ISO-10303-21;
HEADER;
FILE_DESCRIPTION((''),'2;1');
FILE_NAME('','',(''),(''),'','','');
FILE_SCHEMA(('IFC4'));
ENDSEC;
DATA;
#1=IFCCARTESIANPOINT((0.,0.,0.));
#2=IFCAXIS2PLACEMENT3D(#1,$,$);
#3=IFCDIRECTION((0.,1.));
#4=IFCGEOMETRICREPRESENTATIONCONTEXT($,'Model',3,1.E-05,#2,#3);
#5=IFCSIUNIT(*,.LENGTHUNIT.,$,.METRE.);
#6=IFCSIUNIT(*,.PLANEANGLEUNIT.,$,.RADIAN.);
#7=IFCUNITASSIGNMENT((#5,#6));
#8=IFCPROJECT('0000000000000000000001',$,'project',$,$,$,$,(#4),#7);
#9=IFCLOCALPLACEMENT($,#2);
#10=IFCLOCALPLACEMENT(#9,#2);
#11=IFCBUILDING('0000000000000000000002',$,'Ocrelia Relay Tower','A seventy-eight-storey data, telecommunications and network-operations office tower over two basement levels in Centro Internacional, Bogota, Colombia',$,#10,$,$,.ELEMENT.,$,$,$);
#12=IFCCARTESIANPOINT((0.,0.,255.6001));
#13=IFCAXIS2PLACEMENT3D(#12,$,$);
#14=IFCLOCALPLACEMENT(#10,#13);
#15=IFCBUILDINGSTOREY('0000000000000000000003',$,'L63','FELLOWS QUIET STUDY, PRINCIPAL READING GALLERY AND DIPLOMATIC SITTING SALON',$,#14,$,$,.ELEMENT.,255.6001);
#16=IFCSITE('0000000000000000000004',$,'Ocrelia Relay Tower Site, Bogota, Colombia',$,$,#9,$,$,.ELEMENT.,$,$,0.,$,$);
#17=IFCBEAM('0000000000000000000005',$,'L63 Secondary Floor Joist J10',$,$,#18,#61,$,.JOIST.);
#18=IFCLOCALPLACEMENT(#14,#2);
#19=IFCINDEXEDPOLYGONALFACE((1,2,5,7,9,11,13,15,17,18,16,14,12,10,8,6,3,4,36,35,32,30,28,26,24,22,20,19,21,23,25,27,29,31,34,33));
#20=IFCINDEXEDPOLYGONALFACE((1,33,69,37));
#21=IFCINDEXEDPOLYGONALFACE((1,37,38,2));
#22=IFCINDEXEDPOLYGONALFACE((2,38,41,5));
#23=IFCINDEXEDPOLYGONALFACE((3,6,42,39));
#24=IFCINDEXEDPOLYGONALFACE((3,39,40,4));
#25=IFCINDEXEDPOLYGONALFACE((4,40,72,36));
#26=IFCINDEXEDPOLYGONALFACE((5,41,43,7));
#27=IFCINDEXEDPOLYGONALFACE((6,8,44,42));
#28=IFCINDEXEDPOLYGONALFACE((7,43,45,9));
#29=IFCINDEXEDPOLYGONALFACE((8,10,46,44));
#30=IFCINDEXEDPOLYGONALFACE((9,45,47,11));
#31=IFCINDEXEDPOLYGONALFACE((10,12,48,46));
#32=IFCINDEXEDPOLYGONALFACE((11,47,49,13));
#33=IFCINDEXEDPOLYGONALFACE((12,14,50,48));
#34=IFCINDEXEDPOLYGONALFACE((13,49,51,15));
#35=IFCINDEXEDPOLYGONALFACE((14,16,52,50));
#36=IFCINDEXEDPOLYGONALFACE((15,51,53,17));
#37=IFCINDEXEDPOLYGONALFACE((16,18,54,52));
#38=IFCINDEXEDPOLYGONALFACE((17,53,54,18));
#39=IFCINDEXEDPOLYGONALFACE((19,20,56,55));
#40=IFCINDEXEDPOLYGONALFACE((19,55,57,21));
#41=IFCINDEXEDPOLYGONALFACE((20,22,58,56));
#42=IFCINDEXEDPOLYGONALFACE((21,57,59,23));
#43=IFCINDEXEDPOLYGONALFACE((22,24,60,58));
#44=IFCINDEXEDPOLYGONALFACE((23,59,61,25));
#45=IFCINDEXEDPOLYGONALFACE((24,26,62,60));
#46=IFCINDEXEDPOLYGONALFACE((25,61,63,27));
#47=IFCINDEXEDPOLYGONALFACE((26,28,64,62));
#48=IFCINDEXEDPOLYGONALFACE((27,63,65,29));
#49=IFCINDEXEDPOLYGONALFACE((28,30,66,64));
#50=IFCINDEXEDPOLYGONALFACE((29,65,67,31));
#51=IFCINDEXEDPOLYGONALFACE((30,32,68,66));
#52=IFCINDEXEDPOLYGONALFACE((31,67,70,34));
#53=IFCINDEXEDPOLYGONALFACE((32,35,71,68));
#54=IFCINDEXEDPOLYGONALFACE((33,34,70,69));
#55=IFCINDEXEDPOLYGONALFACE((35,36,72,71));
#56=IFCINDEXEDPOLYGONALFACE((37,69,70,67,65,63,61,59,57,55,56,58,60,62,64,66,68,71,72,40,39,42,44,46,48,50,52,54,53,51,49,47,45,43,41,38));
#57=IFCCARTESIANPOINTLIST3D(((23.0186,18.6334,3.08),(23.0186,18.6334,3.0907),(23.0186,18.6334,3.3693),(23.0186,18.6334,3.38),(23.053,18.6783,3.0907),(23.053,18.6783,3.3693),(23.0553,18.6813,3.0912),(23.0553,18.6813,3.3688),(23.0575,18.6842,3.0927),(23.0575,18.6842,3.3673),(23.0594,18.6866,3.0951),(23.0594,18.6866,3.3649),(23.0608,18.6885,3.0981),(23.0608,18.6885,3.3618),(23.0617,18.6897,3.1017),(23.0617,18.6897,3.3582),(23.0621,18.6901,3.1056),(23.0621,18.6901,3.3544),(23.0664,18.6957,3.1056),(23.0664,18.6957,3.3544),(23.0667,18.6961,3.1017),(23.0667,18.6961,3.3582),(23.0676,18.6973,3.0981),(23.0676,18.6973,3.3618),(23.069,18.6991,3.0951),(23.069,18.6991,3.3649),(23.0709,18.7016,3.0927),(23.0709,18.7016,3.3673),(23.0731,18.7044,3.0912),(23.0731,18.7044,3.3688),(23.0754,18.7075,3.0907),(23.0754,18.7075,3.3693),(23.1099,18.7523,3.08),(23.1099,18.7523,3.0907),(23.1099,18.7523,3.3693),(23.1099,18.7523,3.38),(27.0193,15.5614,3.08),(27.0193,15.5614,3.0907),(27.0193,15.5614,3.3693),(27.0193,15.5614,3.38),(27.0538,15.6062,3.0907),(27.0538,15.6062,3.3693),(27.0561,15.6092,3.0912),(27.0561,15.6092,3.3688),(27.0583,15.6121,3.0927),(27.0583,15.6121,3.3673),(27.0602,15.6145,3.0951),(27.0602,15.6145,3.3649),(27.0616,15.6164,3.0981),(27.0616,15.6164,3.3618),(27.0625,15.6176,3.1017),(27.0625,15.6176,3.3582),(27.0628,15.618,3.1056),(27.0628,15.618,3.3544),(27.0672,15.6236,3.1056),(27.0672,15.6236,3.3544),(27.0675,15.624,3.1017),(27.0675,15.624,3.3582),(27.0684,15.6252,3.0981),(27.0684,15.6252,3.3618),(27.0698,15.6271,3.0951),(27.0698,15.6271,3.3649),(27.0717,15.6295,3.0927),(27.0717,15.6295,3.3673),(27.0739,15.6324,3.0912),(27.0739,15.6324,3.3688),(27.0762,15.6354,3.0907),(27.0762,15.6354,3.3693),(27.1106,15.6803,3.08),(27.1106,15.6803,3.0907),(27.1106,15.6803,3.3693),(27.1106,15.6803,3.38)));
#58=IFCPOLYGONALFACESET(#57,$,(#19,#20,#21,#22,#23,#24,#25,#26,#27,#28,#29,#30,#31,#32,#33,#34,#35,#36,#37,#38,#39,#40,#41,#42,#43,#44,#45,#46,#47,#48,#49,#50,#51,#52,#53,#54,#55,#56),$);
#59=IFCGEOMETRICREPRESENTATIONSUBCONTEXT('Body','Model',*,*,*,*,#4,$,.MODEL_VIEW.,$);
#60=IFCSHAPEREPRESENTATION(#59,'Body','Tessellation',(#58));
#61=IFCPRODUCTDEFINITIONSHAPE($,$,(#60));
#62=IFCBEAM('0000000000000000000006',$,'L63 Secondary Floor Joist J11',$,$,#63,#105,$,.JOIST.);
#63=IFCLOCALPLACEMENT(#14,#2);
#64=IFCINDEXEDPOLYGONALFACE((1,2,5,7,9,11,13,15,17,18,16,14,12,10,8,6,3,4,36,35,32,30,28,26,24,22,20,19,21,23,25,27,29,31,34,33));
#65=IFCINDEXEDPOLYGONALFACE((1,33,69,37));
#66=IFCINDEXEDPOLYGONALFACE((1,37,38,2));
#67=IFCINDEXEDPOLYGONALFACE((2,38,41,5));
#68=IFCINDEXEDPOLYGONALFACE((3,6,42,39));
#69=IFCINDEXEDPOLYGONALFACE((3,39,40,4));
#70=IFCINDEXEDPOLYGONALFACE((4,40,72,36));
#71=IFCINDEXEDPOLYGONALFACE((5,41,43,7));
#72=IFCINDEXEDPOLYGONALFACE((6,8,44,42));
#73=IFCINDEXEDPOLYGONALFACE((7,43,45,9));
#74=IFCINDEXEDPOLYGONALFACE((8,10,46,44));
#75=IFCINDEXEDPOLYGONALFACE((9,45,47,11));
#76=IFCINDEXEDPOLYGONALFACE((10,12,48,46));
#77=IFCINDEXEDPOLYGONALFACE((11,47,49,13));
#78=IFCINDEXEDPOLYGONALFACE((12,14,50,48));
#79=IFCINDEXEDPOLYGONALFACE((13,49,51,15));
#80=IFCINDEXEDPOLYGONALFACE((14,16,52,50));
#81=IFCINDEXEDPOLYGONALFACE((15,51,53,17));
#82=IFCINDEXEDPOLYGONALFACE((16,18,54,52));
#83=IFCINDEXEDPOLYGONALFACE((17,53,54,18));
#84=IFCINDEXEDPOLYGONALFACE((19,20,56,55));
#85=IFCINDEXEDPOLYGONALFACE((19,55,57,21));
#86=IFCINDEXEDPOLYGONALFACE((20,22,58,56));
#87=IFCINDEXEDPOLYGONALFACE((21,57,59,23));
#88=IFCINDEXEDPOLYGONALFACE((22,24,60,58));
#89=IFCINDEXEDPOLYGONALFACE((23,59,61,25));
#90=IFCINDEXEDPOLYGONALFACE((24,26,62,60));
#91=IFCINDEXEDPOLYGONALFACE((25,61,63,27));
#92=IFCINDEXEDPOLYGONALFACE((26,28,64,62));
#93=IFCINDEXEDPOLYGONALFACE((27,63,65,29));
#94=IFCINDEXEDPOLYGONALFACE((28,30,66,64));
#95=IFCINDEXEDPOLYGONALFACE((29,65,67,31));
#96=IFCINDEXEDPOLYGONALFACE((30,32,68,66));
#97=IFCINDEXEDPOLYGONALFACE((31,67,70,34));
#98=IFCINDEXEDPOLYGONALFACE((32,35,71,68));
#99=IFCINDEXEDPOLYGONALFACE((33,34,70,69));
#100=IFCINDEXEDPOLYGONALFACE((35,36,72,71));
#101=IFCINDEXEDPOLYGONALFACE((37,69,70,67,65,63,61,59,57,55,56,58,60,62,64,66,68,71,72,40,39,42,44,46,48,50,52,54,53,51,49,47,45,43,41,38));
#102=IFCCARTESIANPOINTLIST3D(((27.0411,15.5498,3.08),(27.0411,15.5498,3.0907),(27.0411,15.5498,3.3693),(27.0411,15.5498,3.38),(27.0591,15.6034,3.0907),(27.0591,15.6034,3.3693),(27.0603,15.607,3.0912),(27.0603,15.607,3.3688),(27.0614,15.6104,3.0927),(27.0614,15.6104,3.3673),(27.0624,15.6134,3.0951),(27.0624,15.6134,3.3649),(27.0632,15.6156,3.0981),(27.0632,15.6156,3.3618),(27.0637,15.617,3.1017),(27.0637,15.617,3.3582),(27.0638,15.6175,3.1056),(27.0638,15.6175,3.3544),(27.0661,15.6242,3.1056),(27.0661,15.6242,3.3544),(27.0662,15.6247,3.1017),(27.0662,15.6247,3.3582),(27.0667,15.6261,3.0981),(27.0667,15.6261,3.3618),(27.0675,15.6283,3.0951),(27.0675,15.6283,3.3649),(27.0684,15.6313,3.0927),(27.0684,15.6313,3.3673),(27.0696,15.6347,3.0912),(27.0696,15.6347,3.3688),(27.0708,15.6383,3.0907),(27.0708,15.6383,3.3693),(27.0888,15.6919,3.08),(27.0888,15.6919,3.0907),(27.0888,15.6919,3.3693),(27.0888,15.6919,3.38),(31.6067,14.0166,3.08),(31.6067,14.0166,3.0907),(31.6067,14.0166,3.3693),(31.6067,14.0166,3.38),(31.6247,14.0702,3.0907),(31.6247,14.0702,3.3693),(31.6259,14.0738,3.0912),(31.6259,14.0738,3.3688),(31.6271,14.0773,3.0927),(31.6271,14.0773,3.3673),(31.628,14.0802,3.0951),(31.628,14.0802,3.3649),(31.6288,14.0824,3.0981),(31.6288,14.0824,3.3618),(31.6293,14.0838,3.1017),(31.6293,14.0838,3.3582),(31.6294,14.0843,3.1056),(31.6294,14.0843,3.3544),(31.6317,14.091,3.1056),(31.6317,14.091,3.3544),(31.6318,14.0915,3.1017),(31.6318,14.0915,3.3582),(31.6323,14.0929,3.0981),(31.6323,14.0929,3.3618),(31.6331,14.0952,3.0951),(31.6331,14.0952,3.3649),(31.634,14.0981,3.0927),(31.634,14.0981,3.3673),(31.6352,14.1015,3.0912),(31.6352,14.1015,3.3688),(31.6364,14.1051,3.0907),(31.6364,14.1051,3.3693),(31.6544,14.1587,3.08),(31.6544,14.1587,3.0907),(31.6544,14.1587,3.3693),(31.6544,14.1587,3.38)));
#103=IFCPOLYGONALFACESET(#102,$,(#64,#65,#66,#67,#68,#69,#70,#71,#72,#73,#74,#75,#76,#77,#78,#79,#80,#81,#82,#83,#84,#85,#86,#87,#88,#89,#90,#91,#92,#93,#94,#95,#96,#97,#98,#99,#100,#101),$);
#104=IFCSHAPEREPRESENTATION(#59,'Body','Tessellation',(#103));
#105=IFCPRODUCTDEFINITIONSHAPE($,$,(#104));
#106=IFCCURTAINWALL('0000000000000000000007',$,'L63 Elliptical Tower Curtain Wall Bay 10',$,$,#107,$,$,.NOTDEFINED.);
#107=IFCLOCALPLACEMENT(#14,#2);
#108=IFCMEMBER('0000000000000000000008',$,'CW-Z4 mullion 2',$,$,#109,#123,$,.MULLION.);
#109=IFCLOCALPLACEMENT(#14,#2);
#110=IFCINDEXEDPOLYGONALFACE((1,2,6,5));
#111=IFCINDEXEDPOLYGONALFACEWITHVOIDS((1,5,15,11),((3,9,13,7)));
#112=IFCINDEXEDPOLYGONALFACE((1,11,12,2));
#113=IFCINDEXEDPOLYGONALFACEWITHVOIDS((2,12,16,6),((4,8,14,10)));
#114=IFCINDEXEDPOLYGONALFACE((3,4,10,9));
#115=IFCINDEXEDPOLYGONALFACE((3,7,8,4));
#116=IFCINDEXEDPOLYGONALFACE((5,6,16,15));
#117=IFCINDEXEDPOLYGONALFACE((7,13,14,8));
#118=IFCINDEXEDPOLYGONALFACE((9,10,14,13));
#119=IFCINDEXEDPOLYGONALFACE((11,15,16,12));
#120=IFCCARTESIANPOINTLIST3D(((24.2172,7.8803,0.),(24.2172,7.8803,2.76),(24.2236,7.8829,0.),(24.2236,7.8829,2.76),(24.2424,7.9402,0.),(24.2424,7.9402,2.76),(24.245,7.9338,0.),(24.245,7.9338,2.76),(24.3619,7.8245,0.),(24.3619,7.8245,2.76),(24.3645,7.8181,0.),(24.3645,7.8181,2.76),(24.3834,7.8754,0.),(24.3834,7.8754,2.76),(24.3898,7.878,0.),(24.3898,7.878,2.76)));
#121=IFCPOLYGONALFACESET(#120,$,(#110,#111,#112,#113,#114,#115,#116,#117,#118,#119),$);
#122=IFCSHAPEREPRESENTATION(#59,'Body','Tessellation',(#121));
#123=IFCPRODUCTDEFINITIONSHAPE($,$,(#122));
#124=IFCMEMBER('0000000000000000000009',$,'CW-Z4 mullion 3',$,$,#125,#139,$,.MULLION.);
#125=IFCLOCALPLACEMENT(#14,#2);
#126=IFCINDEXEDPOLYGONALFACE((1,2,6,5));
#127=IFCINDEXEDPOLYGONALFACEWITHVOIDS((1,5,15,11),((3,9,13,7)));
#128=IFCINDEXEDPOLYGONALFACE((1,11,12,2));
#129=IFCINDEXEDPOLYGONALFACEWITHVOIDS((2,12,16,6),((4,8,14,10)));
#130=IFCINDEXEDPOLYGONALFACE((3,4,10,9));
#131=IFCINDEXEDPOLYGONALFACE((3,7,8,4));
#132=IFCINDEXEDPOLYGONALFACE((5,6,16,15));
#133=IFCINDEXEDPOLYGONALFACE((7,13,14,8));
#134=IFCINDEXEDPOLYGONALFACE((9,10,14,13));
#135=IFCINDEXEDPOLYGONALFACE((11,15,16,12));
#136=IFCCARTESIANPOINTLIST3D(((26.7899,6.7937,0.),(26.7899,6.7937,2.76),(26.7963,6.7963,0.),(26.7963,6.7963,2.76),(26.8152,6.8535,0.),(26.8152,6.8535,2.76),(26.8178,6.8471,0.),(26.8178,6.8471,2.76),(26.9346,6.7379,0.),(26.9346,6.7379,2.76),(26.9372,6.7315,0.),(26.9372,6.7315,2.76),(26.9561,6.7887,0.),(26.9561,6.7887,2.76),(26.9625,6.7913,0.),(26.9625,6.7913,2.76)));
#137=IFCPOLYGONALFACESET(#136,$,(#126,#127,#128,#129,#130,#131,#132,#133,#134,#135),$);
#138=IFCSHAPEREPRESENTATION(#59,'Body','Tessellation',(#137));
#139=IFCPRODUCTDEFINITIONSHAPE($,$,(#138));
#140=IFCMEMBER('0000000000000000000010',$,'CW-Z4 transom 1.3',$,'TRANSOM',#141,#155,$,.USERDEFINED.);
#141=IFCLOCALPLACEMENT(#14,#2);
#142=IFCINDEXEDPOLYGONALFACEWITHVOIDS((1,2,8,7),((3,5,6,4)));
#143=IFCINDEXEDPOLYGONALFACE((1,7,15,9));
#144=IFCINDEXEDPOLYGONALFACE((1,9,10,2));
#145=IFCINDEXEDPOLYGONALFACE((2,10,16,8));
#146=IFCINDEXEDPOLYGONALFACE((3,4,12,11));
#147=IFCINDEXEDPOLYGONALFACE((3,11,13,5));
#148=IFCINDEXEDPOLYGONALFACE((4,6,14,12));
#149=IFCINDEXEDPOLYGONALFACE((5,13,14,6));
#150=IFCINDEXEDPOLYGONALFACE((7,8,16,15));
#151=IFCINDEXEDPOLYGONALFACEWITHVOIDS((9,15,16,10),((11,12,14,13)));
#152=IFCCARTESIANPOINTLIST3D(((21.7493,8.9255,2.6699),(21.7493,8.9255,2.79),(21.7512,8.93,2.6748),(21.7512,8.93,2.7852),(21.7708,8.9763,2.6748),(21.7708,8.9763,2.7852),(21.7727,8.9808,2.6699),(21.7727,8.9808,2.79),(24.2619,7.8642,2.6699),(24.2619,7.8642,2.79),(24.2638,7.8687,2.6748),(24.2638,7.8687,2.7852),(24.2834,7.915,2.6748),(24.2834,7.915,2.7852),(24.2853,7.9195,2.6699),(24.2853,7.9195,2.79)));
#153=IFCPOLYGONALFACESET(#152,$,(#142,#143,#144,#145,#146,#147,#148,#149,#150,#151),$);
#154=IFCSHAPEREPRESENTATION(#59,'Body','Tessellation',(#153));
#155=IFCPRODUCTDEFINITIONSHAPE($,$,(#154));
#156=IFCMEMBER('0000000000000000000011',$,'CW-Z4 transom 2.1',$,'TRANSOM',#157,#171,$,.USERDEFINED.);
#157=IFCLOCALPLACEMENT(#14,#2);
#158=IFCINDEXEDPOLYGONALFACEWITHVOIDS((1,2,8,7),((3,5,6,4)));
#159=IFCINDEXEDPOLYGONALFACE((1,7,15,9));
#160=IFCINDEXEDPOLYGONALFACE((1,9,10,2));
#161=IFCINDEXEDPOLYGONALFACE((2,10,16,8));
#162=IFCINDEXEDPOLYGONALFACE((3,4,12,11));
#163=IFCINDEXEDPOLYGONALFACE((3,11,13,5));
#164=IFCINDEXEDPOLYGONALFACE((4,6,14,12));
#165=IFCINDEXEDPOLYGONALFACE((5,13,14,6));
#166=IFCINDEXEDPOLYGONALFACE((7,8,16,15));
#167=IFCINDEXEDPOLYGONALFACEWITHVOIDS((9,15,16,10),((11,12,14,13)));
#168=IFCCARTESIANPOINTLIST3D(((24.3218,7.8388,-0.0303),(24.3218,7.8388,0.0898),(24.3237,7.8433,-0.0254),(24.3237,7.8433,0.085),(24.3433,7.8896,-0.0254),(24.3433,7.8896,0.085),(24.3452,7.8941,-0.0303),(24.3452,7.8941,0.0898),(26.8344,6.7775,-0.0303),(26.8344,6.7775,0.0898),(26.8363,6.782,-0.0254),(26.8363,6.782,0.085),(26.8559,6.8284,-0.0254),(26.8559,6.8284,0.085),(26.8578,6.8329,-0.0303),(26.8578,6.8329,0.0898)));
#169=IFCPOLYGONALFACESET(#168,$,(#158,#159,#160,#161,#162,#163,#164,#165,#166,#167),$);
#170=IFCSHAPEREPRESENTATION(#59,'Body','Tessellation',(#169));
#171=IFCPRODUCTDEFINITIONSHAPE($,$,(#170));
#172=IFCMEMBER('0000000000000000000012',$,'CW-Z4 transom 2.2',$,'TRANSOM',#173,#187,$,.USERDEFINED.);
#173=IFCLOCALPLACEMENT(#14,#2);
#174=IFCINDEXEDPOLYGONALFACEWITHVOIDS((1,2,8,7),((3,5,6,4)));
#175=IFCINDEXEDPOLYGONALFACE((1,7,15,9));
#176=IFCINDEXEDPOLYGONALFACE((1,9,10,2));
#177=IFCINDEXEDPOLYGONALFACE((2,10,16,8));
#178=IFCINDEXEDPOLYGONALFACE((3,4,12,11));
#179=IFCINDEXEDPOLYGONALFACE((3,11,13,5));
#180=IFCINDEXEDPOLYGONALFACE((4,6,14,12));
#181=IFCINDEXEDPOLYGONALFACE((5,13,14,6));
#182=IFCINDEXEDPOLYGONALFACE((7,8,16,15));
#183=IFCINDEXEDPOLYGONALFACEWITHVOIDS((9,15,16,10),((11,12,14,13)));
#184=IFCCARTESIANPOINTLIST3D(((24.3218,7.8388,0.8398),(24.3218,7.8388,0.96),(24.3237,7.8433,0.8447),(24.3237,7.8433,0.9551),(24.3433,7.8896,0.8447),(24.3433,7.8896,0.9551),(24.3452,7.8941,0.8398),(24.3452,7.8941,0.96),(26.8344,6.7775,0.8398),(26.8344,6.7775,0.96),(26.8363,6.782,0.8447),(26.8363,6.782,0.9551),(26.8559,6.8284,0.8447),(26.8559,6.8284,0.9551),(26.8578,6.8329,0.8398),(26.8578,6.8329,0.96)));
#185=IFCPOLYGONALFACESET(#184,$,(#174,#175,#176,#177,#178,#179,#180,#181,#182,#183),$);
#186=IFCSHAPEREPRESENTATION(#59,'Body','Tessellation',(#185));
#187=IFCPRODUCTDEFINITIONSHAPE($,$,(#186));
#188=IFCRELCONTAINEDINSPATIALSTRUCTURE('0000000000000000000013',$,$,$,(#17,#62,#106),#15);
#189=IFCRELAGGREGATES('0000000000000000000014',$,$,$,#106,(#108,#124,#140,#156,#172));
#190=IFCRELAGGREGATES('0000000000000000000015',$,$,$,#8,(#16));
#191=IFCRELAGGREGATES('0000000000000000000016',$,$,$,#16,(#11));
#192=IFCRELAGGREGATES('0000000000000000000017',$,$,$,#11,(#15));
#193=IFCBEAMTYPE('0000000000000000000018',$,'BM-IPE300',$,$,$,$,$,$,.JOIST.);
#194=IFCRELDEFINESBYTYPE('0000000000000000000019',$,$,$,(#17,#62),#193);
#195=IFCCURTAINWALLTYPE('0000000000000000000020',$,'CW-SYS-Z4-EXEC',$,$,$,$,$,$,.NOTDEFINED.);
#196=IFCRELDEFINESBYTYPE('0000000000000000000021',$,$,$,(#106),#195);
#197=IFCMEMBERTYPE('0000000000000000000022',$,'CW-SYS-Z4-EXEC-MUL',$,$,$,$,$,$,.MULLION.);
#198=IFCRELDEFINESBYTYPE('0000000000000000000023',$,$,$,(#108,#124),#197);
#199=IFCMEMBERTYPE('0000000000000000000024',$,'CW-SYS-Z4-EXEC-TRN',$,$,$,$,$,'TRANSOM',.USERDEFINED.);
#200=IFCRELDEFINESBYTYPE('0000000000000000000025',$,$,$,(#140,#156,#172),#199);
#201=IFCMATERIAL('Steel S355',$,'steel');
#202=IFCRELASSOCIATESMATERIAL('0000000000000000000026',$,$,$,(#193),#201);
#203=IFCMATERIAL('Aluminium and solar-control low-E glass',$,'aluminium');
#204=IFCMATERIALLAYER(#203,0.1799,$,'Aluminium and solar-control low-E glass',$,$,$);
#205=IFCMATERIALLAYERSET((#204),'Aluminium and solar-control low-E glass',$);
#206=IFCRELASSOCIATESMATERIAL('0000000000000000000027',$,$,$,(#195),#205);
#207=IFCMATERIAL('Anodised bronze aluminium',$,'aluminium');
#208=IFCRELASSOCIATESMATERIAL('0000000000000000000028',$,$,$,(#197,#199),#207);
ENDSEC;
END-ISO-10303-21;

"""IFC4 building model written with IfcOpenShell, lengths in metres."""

from ifc_helpers import new_model, si_unit, direction, frame, origin, origin_2d, place, context, subcontext, project, spatial, hollow_rectangle, i_section, extrude, material, layer, layer_set, material_profile, profile_set, type_object, element, aggregate, save


model = new_model("IFC4")

# Units and contexts
model_context = context("Model", 3, precision=1e-05, world=origin(), true_north=direction((0.0, 1.0)))
body_context = subcontext(model_context, "Body", "Model", "MODEL_VIEW")
ifc_project = project(units=[si_unit("LENGTHUNIT", "METRE"), si_unit("PLANEANGLEUNIT", "RADIAN")], contexts=[model_context])

# Site, building, storey
site_placement = place(None, origin())
site = spatial("IfcSite", under=ifc_project, at=site_placement, Name="Ocrelia Relay Tower Site, Bogota, Colombia", CompositionType="ELEMENT", RefElevation=0.0)
building_placement = place(site_placement, origin())
building = spatial("IfcBuilding", under=site, at=building_placement, Name="Ocrelia Relay Tower", Description="A seventy-eight-storey data, telecommunications and network-operations office tower over two basement levels in Centro Internacional, Bogota, Colombia", CompositionType="ELEMENT")
storey_placement = place(building_placement, frame((0.0, 0.0, 255.6001)))
storey = spatial("IfcBuildingStorey", under=building, at=storey_placement, Name="L63", Description="FELLOWS QUIET STUDY, PRINCIPAL READING GALLERY AND DIPLOMATIC SITTING SALON", CompositionType="ELEMENT", Elevation=255.6001)

# Beams
ifc_material_1 = material(Name="Steel S355", Category="steel")
ifc_material_profile_1 = material_profile(ifc_material_1, i_section(OverallWidth=0.1499, OverallDepth=0.3, WebThickness=0.0071, FlangeThickness=0.0107, FilletRadius=0.0149, at=origin_2d()), Name="IPE 300")
ifc_profile_set_1 = profile_set([ifc_material_profile_1], Name="Steel S355")
beam_type_1 = type_object("IfcBeamType", Name="BM-IPE300", PredefinedType="JOIST", material=ifc_profile_set_1)
beam_1_placement = place(storey_placement, frame((23.0642, 18.6929, 3.23), z_axis=(0.793147, -0.60903, 0.0), x_axis=(0.60903, 0.793147, 0.0)))
element("IfcBeam", 1, at=beam_1_placement, inside=storey, type_object=beam_type_1, Name="L63 Secondary Floor Joist J10", PredefinedType="JOIST", context=body_context, shape_type="SweptSolid", body=[
    extrude(i_section(OverallWidth=0.1499, OverallDepth=0.3, WebThickness=0.0071, FlangeThickness=0.0107, FilletRadius=0.0149, at=origin_2d()), origin(), (0.0, 0.0, 1.0), 5.0442),
])
beam_2_placement = place(storey_placement, frame((27.0649, 15.6208, 3.23), z_axis=(0.947976, -0.318341, 0.0), x_axis=(0.318341, 0.947976, 0.0)))
element("IfcBeam", 2, at=beam_2_placement, inside=storey, type_object=beam_type_1, Name="L63 Secondary Floor Joist J11", PredefinedType="JOIST", context=body_context, shape_type="SweptSolid", body=[
    extrude(i_section(OverallWidth=0.1499, OverallDepth=0.3, WebThickness=0.0071, FlangeThickness=0.0107, FilletRadius=0.0149, at=origin_2d()), origin(), (0.0, 0.0, 1.0), 4.8162),
])

# Curtain wall, members
ifc_material_2 = material(Name="Aluminium and solar-control low-E glass", Category="aluminium")
ifc_layer_1 = layer(ifc_material_2, 0.1799, Name="Aluminium and solar-control low-E glass")
ifc_layer_set_1 = layer_set([ifc_layer_1], Name="Aluminium and solar-control low-E glass")
curtain_wall_type = type_object("IfcCurtainWallType", Name="CW-SYS-Z4-EXEC", PredefinedType="NOTDEFINED", material=ifc_layer_set_1)
curtain_wall_placement = place(storey_placement, origin())
curtain_wall = element("IfcCurtainWall", 3, at=curtain_wall_placement, inside=storey, type_object=curtain_wall_type, Name="L63 Elliptical Tower Curtain Wall Bay 10", PredefinedType="NOTDEFINED")
ifc_material_3 = material(Name="Anodised bronze aluminium", Category="aluminium")
ifc_material_profile_2 = material_profile(ifc_material_3, hollow_rectangle(XDim=0.0649, YDim=0.1599, WallThickness=0.0049, at=origin_2d()), Name="CW-MUL-160x65")
ifc_profile_set_2 = profile_set([ifc_material_profile_2], Name="Anodised bronze aluminium")
member_type_1 = type_object("IfcMemberType", Name="CW-SYS-Z4-EXEC-MUL", PredefinedType="MULLION", material=ifc_profile_set_2)
member_1_placement = place(storey_placement, frame((24.3035, 7.8792, 0.0), z_axis=(0.0, 0.0, 1.0), x_axis=(0.389091, 0.921199, 0.0)))
member_1 = element("IfcMember", 4, at=member_1_placement, type_object=member_type_1, Name="CW-Z4 mullion 2", PredefinedType="MULLION", context=body_context, shape_type="SweptSolid", body=[
    extrude(hollow_rectangle(XDim=0.0649, YDim=0.1599, WallThickness=0.0049, at=origin_2d()), origin(), (0.0, 0.0, 1.0), 2.76),
])
member_2_placement = place(storey_placement, frame((26.8762, 6.7925, 0.0), z_axis=(0.0, 0.0, 1.0), x_axis=(0.389091, 0.921199, 0.0)))
member_2 = element("IfcMember", 5, at=member_2_placement, type_object=member_type_1, Name="CW-Z4 mullion 3", PredefinedType="MULLION", context=body_context, shape_type="SweptSolid", body=[
    extrude(hollow_rectangle(XDim=0.0649, YDim=0.1599, WallThickness=0.0049, at=origin_2d()), origin(), (0.0, 0.0, 1.0), 2.76),
])
ifc_material_profile_3 = material_profile(ifc_material_3, hollow_rectangle(XDim=0.0601, YDim=0.1201, WallThickness=0.0049, at=origin_2d()), Name="CW-TRN-120x60")
ifc_profile_set_3 = profile_set([ifc_material_profile_3], Name="Anodised bronze aluminium")
member_type_2 = type_object("IfcMemberType", Name="CW-SYS-Z4-EXEC-TRN", ElementType="TRANSOM", PredefinedType="USERDEFINED", material=ifc_profile_set_3)
member_3_placement = place(storey_placement, frame((21.761, 8.9531, 2.73), z_axis=(0.921202, -0.389085, 0.0), x_axis=(0.389085, 0.921202, 0.0)))
member_3 = element("IfcMember", 6, at=member_3_placement, type_object=member_type_2, Name="CW-Z4 transom 1.3", ObjectType="TRANSOM", PredefinedType="USERDEFINED", context=body_context, shape_type="SweptSolid", body=[
    extrude(hollow_rectangle(XDim=0.0601, YDim=0.1201, WallThickness=0.0049, at=origin_2d()), origin(), (0.0, 0.0, 1.0), 2.7275),
])
member_4_placement = place(storey_placement, frame((24.3335, 7.8665, 0.0298), z_axis=(0.921202, -0.389085, 0.0), x_axis=(0.389085, 0.921202, 0.0)))
member_4 = element("IfcMember", 7, at=member_4_placement, type_object=member_type_2, Name="CW-Z4 transom 2.1", ObjectType="TRANSOM", PredefinedType="USERDEFINED", context=body_context, shape_type="SweptSolid", body=[
    extrude(hollow_rectangle(XDim=0.0601, YDim=0.1201, WallThickness=0.0049, at=origin_2d()), origin(), (0.0, 0.0, 1.0), 2.7275),
])
member_5_placement = place(storey_placement, frame((24.3335, 7.8665, 0.8999), z_axis=(0.921202, -0.389085, 0.0), x_axis=(0.389085, 0.921202, 0.0)))
member_5 = element("IfcMember", 8, at=member_5_placement, type_object=member_type_2, Name="CW-Z4 transom 2.2", ObjectType="TRANSOM", PredefinedType="USERDEFINED", context=body_context, shape_type="SweptSolid", body=[
    extrude(hollow_rectangle(XDim=0.0601, YDim=0.1201, WallThickness=0.0049, at=origin_2d()), origin(), (0.0, 0.0, 1.0), 2.7275),
])
aggregate(curtain_wall, [member_1, member_2, member_3, member_4, member_5])

save(model, "model.ifc")
